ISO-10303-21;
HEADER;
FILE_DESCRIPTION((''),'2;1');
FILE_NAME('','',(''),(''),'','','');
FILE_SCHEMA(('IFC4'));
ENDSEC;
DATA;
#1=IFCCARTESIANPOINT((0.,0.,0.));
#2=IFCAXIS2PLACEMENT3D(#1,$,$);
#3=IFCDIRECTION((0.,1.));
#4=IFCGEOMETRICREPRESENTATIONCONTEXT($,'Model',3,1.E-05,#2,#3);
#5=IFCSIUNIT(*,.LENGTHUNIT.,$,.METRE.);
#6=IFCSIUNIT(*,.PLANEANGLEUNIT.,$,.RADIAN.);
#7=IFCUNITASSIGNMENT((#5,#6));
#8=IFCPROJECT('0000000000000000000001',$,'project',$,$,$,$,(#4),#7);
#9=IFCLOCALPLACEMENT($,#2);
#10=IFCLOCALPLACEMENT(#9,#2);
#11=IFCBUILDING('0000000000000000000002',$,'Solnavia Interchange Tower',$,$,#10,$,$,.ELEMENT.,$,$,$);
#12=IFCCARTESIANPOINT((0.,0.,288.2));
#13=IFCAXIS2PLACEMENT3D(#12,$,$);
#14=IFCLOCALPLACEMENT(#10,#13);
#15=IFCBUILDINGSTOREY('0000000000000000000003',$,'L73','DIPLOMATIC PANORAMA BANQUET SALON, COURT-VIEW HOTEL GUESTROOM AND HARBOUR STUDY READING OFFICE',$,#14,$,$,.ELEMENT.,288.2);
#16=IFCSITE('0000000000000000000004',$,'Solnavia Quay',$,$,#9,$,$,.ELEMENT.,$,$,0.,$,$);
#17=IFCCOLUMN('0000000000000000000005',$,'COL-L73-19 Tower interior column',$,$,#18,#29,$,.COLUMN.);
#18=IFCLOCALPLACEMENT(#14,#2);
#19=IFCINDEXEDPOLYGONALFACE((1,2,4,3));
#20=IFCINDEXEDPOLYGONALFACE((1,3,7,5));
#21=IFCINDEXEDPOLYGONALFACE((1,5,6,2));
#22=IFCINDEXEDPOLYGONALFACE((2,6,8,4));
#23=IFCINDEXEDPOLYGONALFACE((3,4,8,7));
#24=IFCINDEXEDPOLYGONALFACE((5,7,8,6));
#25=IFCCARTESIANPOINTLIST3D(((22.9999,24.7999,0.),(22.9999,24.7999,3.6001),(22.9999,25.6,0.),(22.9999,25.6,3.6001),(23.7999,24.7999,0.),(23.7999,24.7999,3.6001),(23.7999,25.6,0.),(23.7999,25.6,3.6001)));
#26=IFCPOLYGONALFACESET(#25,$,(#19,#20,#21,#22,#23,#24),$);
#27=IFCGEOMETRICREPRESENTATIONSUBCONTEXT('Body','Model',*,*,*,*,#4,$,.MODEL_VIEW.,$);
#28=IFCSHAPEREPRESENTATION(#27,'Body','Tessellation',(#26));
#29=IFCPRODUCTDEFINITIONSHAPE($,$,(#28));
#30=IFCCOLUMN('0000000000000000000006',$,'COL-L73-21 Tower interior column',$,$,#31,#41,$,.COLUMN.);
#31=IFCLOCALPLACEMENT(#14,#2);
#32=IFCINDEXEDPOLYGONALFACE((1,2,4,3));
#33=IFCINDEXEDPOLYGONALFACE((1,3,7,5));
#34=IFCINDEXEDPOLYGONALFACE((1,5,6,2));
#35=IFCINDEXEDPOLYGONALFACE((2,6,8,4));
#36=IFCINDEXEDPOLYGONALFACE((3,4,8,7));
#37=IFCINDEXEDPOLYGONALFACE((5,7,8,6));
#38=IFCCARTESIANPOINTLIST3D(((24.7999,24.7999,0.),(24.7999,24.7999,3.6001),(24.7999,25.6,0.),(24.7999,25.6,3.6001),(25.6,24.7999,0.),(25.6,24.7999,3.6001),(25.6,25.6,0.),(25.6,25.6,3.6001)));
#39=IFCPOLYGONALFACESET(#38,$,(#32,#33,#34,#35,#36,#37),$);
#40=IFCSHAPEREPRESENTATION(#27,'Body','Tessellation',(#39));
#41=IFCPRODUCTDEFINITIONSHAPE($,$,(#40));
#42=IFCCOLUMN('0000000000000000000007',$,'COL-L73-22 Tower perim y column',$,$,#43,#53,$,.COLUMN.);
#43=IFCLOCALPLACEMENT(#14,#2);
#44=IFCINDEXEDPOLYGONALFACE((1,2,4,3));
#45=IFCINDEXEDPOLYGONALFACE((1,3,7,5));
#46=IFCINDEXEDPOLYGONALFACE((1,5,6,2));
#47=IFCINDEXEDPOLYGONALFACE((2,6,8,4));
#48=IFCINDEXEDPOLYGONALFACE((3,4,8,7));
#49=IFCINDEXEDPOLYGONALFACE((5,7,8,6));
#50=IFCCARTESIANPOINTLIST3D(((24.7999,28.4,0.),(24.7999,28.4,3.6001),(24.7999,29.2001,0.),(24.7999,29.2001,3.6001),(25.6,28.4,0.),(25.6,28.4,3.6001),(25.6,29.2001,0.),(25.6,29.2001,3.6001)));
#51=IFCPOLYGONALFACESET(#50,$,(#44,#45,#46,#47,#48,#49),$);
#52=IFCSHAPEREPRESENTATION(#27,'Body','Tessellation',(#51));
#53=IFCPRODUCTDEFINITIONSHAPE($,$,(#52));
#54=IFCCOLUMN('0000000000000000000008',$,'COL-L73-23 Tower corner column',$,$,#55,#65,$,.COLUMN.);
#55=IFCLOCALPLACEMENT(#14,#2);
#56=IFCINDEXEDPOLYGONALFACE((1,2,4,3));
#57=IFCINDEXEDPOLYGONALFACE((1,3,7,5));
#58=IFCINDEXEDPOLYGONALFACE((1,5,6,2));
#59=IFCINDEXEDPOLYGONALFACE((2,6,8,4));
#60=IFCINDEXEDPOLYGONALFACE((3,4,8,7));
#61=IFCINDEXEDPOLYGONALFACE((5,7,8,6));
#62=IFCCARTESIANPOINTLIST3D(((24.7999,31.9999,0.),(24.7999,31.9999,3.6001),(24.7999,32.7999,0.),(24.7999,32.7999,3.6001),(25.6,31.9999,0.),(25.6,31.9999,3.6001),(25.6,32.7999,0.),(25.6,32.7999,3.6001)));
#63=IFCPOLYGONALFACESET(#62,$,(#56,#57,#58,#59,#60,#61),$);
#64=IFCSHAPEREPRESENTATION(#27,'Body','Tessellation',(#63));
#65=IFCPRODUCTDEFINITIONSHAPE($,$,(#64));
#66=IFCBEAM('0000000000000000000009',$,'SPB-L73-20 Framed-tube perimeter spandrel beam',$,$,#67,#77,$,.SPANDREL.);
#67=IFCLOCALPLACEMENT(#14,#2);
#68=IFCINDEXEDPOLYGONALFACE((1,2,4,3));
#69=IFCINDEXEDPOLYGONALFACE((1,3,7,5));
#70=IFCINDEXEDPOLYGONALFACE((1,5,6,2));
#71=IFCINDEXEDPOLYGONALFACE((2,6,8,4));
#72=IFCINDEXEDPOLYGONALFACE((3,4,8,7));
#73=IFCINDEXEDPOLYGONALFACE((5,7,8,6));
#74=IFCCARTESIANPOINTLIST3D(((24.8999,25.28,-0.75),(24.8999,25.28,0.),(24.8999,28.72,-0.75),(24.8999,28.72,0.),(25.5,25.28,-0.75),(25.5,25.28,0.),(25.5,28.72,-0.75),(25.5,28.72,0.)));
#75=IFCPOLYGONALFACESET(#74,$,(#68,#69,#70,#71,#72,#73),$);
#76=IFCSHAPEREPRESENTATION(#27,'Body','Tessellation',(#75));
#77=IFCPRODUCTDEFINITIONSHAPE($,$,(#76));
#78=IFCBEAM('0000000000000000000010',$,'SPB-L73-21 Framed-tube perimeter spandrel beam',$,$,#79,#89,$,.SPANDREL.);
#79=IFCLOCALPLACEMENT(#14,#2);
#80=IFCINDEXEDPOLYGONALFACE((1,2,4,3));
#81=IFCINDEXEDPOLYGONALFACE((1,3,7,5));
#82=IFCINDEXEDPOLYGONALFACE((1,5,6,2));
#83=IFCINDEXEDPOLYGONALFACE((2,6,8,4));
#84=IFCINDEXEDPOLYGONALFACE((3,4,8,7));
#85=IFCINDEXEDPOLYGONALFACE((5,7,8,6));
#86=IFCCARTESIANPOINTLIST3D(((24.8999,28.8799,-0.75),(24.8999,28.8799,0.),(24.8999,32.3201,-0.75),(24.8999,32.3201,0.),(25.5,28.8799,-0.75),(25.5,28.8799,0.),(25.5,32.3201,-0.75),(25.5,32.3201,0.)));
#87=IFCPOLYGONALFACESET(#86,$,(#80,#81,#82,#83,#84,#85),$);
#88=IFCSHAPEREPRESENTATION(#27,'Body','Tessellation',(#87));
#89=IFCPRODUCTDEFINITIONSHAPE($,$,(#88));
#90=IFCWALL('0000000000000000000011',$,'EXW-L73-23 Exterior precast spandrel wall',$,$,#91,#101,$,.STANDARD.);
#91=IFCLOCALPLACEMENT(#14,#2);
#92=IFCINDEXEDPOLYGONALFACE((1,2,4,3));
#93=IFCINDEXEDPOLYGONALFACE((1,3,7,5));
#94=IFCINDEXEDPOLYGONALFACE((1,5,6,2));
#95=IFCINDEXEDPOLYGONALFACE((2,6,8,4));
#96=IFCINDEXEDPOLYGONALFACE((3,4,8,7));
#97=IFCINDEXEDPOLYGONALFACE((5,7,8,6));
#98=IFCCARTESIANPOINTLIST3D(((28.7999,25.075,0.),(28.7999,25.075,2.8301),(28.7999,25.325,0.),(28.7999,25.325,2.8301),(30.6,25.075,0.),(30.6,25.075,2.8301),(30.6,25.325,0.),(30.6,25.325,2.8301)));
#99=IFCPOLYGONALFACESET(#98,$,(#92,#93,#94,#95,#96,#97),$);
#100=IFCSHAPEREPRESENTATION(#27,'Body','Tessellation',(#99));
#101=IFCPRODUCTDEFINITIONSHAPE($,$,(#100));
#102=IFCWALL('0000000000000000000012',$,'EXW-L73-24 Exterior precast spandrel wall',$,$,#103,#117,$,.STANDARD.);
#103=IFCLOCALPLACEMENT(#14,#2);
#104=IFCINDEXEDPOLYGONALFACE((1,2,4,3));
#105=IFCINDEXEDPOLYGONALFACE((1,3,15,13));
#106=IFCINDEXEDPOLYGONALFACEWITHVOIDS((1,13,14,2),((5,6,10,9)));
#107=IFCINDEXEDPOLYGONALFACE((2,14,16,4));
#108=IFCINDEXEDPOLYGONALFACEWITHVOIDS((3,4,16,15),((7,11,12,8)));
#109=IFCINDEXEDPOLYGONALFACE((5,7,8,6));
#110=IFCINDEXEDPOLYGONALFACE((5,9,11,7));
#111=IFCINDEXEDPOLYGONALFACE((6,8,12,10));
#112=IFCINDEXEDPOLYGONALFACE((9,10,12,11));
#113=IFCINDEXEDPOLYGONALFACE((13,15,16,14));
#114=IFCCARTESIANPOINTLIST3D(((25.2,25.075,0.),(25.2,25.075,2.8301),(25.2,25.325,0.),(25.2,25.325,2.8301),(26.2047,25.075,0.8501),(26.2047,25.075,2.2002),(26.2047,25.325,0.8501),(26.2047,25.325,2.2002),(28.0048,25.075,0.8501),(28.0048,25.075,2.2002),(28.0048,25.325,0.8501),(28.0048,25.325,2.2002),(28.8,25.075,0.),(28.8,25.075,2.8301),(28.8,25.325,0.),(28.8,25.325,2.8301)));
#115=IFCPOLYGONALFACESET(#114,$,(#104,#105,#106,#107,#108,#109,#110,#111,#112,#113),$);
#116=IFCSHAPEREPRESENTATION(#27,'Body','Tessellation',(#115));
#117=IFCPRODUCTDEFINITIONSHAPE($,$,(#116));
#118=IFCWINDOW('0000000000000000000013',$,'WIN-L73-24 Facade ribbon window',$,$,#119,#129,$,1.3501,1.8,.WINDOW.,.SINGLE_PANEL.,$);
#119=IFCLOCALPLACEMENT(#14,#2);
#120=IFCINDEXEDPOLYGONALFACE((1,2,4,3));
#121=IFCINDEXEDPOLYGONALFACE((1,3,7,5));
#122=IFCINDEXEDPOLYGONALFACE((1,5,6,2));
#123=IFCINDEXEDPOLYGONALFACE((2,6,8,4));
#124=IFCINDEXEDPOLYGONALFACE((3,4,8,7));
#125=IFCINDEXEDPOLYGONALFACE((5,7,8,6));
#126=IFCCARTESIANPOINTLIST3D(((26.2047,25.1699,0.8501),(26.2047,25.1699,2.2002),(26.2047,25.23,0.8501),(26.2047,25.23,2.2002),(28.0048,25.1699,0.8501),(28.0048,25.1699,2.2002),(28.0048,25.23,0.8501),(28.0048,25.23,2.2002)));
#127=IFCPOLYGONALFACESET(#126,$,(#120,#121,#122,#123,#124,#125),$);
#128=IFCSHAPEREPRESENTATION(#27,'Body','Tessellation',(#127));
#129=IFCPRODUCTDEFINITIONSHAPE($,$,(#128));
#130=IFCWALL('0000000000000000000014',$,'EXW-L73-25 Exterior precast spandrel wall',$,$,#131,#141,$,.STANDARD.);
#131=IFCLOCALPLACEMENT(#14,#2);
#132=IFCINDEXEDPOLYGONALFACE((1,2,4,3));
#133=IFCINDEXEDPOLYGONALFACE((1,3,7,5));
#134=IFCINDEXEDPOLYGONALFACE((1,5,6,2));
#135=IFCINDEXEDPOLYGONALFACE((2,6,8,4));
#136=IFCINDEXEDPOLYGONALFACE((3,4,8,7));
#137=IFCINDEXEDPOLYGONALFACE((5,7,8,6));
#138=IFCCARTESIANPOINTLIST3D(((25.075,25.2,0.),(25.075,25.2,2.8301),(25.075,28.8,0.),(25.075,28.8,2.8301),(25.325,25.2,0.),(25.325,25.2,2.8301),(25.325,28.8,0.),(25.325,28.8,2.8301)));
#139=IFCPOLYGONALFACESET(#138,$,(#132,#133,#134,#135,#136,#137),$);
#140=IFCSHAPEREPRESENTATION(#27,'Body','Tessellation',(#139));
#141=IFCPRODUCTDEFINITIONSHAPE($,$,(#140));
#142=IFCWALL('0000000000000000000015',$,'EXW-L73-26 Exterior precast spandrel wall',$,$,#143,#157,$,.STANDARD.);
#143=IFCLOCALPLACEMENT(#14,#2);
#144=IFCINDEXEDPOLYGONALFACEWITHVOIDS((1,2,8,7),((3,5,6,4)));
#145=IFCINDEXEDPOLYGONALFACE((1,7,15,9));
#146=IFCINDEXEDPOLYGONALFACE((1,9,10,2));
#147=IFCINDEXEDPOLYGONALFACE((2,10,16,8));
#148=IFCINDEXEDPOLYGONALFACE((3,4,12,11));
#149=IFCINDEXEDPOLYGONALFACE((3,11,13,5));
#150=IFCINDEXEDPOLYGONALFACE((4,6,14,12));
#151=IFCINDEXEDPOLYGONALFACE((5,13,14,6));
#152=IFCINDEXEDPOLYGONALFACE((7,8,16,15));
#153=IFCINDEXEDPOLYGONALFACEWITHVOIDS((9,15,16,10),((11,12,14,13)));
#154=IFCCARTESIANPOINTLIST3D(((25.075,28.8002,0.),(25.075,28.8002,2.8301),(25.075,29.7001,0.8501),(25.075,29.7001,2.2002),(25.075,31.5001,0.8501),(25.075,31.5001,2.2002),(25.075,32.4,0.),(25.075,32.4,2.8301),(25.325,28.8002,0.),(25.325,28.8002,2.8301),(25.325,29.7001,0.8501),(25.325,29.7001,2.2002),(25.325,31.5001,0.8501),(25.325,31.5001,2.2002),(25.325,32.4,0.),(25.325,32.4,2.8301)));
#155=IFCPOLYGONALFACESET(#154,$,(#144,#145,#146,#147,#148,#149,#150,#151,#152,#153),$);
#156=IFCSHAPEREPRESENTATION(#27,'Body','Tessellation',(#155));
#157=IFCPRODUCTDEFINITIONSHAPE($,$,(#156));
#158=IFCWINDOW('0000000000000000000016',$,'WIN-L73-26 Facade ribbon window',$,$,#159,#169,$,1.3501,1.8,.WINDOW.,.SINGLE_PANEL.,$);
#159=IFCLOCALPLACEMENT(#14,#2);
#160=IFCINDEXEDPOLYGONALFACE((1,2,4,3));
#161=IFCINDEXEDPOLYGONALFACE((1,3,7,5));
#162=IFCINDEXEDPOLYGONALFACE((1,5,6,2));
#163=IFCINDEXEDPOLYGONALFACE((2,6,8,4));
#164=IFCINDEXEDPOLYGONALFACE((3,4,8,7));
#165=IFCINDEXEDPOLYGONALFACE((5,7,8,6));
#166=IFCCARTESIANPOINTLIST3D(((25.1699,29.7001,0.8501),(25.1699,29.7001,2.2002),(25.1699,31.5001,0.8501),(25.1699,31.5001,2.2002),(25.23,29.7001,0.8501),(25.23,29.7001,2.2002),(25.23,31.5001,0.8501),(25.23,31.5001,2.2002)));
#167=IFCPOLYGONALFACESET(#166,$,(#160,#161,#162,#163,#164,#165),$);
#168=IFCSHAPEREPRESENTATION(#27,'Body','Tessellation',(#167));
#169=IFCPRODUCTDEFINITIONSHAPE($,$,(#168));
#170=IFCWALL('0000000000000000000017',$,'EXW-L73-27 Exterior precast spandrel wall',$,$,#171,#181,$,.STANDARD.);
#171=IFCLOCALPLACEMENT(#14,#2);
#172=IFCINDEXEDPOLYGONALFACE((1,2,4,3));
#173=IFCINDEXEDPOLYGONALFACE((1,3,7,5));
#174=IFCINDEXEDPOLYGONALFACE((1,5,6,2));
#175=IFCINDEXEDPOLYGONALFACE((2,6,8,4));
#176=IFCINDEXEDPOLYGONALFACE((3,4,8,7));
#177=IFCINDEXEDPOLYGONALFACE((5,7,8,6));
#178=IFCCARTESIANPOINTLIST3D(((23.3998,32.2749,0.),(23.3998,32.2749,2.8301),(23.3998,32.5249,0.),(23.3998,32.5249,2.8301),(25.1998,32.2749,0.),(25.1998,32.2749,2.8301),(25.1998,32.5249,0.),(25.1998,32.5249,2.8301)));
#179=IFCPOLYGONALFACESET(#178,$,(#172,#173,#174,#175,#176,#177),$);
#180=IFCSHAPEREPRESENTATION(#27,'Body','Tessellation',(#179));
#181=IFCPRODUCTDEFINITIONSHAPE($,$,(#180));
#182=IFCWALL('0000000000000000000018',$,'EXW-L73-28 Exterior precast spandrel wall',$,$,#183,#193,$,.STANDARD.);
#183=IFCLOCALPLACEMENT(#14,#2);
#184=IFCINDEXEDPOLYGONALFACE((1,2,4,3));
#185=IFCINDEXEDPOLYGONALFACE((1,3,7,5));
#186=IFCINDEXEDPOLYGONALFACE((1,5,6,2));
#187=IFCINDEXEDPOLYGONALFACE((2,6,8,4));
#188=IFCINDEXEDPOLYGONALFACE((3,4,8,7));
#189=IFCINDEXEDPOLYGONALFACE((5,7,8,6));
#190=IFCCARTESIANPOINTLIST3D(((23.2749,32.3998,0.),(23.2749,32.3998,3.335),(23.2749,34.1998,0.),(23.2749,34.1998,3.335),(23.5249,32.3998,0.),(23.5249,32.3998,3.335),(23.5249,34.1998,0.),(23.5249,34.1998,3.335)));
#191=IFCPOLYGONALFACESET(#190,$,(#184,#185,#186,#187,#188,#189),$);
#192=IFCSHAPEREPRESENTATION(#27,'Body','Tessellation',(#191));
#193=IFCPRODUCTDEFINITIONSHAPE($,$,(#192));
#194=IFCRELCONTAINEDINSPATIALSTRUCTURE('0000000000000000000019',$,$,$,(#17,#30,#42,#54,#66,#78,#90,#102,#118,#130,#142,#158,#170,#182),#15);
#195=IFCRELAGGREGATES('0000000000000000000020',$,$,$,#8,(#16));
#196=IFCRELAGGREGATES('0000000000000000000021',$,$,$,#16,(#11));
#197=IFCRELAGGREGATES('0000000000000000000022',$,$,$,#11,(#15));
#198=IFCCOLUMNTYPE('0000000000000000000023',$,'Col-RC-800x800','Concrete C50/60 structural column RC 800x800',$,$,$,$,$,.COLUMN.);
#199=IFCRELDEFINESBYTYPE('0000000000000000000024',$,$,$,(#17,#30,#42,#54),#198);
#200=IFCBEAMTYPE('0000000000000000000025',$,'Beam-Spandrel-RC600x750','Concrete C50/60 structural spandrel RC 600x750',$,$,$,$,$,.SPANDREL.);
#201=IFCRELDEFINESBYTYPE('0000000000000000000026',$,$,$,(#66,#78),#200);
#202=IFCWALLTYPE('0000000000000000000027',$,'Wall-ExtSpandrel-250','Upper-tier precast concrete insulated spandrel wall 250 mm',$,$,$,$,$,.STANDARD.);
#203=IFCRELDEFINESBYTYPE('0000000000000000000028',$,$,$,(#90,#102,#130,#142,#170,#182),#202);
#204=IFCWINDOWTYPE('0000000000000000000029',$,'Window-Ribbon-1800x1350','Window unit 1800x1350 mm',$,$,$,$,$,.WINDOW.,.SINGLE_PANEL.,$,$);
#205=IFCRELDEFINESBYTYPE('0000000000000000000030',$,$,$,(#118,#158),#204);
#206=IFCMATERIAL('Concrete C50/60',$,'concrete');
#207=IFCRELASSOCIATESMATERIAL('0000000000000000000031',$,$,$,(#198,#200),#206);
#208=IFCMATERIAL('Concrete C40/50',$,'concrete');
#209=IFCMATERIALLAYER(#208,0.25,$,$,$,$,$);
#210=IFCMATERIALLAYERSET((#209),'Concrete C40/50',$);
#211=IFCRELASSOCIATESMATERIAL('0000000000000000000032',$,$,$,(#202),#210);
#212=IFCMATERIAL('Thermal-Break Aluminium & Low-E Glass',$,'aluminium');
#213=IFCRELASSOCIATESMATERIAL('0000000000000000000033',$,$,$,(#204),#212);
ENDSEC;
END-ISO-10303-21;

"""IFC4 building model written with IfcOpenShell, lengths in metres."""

from ifc_helpers import new_model, si_unit, direction, frame, frame_2d, origin, origin_2d, place, context, subcontext, project, spatial, rectangle, extrude, material, layer, layer_set, material_profile, profile_set, type_object, element, fill, save


model = new_model("IFC4")

# Units and contexts
model_context = context("Model", 3, precision=1e-05, world=origin(), true_north=direction((0.0, 1.0)))
body_context = subcontext(model_context, "Body", "Model", "MODEL_VIEW")
ifc_project = project(units=[si_unit("LENGTHUNIT", "METRE"), si_unit("PLANEANGLEUNIT", "RADIAN")], contexts=[model_context])

# Site, building, storey
site_placement = place(None, origin())
site = spatial("IfcSite", under=ifc_project, at=site_placement, Name="Solnavia Quay", CompositionType="ELEMENT", RefElevation=0.0)
building_placement = place(site_placement, origin())
building = spatial("IfcBuilding", under=site, at=building_placement, Name="Solnavia Interchange Tower", CompositionType="ELEMENT")
storey_placement = place(building_placement, frame((0.0, 0.0, 288.2)))
storey = spatial("IfcBuildingStorey", under=building, at=storey_placement, Name="L73", Description="DIPLOMATIC PANORAMA BANQUET SALON, COURT-VIEW HOTEL GUESTROOM AND HARBOUR STUDY READING OFFICE", CompositionType="ELEMENT", Elevation=288.2)

# Columns
ifc_material_1 = material(Name="Concrete C50/60", Category="concrete")
ifc_material_profile_1 = material_profile(ifc_material_1, rectangle(XDim=0.8, YDim=0.8, at=origin_2d()), Name="RC 800x800")
ifc_profile_set_1 = profile_set([ifc_material_profile_1], Name="Concrete C50/60")
column_type = type_object("IfcColumnType", Name="Col-RC-800x800", Description="Concrete C50/60 structural column RC 800x800", PredefinedType="COLUMN", material=ifc_profile_set_1)
for number, where, z_axis, x_axis, name in (
    (1, (23.3999, 25.2, 0.0), (0.0, 0.0, 1.0), (1.0, 0.0, 0.0), "COL-L73-19 Tower interior column"),
    (2, (25.2, 25.2, 0.0), (0.0, 0.0, 1.0), (1.0, 0.0, 0.0), "COL-L73-21 Tower interior column"),
    (3, (25.2, 28.8, 0.0), (0.0, 0.0, 1.0), (0.0, 1.0, 0.0), "COL-L73-22 Tower perim y column"),
    (4, (25.2, 32.3999, 0.0), (0.0, 0.0, 1.0), (0.0, 1.0, 0.0), "COL-L73-23 Tower corner column"),
):
    element("IfcColumn", number, at=place(storey_placement, frame(where, z_axis=z_axis, x_axis=x_axis)), inside=storey, type_object=column_type, Name=name, PredefinedType="COLUMN", context=body_context, shape_type="SweptSolid", body=[
        extrude(rectangle(XDim=0.8, YDim=0.8, at=origin_2d()), origin(), (0.0, 0.0, 1.0), 3.6001),
    ])

# Beams
ifc_material_profile_2 = material_profile(ifc_material_1, rectangle(XDim=0.6001, YDim=0.75, at=origin_2d()), Name="RC 600x750")
ifc_profile_set_2 = profile_set([ifc_material_profile_2], Name="Concrete C50/60")
beam_type = type_object("IfcBeamType", Name="Beam-Spandrel-RC600x750", Description="Concrete C50/60 structural spandrel RC 600x750", PredefinedType="SPANDREL", material=ifc_profile_set_2)
beam_1_placement = place(storey_placement, frame((25.2, 25.28, -0.375), z_axis=(0.0, 1.0, 0.0), x_axis=(-1.0, 0.0, 0.0)))
element("IfcBeam", 5, at=beam_1_placement, inside=storey, type_object=beam_type, Name="SPB-L73-20 Framed-tube perimeter spandrel beam", PredefinedType="SPANDREL", context=body_context, shape_type="SweptSolid", body=[
    extrude(rectangle(XDim=0.6001, YDim=0.75, at=origin_2d()), origin(), (0.0, 0.0, 1.0), 3.4399),
])
beam_2_placement = place(storey_placement, frame((25.2, 28.8799, -0.375), z_axis=(0.0, 1.0, 0.0), x_axis=(-1.0, 0.0, 0.0)))
element("IfcBeam", 6, at=beam_2_placement, inside=storey, type_object=beam_type, Name="SPB-L73-21 Framed-tube perimeter spandrel beam", PredefinedType="SPANDREL", context=body_context, shape_type="SweptSolid", body=[
    extrude(rectangle(XDim=0.6001, YDim=0.75, at=origin_2d()), origin(), (0.0, 0.0, 1.0), 3.4402),
])

# Wall
ifc_material_2 = material(Name="Concrete C40/50", Category="concrete")
ifc_layer_1 = layer(ifc_material_2, 0.25)
ifc_layer_set_1 = layer_set([ifc_layer_1], Name="Concrete C40/50")
wall_type_1 = type_object("IfcWallType", Name="Wall-ExtSpandrel-250", Description="Upper-tier precast concrete insulated spandrel wall 250 mm", PredefinedType="STANDARD", material=ifc_layer_set_1)
wall_1_placement = place(storey_placement, frame((28.8, 25.2, 0.0), z_axis=(0.0, 0.0, 1.0), x_axis=(1.0, 0.0, 0.0)))
element("IfcWall", 7, at=wall_1_placement, inside=storey, type_object=wall_type_1, Name="EXW-L73-23 Exterior precast spandrel wall", PredefinedType="STANDARD", context=body_context, shape_type="SweptSolid", body=[
    extrude(rectangle(XDim=1.8, YDim=0.25, at=frame_2d((0.8999, 0.0))), origin(), (0.0, 0.0, 1.0), 2.8301),
])

# Wall, opening, window
wall_2_placement = place(storey_placement, frame((25.2, 25.2, 0.0), z_axis=(0.0, 0.0, 1.0), x_axis=(1.0, 0.0, 0.0)))
wall_2 = element("IfcWall", 8, at=wall_2_placement, inside=storey, type_object=wall_type_1, Name="EXW-L73-24 Exterior precast spandrel wall", PredefinedType="STANDARD", context=body_context, shape_type="SweptSolid", body=[
    extrude(rectangle(XDim=3.6001, YDim=0.25, at=frame_2d((1.8, 0.0))), origin(), (0.0, 0.0, 1.0), 2.8301),
])
opening_1_placement = place(wall_2_placement, frame((1.0049, 0.0, 0.8501)))
opening_1 = element("IfcOpeningElement", 9, at=opening_1_placement, cuts=wall_2, PredefinedType="OPENING", context=body_context, shape_type="SweptSolid", body=[
    extrude(rectangle(XDim=1.8, YDim=1.3501, at=frame_2d((0.8999, 0.675))), frame((0.0, 0.135, 0.0), z_axis=(0.0, -1.0, 0.0), x_axis=(1.0, 0.0, 0.0)), (0.0, 0.0, 1.0), 0.27),
])
ifc_material_3 = material(Name="Thermal-Break Aluminium & Low-E Glass", Category="aluminium")
window_type = type_object("IfcWindowType", Name="Window-Ribbon-1800x1350", Description="Window unit 1800x1350 mm", PartitioningType="SINGLE_PANEL", PredefinedType="WINDOW", material=ifc_material_3)
window_1_placement = place(opening_1_placement, origin())
window_1 = element("IfcWindow", 10, at=window_1_placement, inside=storey, type_object=window_type, Name="WIN-L73-24 Facade ribbon window", OverallHeight=1.3501, OverallWidth=1.8, PartitioningType="SINGLE_PANEL", PredefinedType="WINDOW", context=body_context, shape_type="SweptSolid", body=[
    extrude(rectangle(XDim=1.8, YDim=1.3501, at=frame_2d((0.8999, 0.675))), frame((0.0, 0.03, 0.0), z_axis=(0.0, -1.0, 0.0), x_axis=(1.0, 0.0, 0.0)), (0.0, 0.0, 1.0), 0.0601),
])
fill(opening_1, window_1)

# Wall
wall_3_placement = place(storey_placement, frame((25.2, 28.8, 0.0), z_axis=(0.0, 0.0, 1.0), x_axis=(0.0, -1.0, 0.0)))
element("IfcWall", 11, at=wall_3_placement, inside=storey, type_object=wall_type_1, Name="EXW-L73-25 Exterior precast spandrel wall", PredefinedType="STANDARD", context=body_context, shape_type="SweptSolid", body=[
    extrude(rectangle(XDim=3.6001, YDim=0.25, at=frame_2d((1.8, 0.0))), origin(), (0.0, 0.0, 1.0), 2.8301),
])

# Wall, opening, window
wall_4_placement = place(storey_placement, frame((25.2, 32.3999, 0.0), z_axis=(0.0, 0.0, 1.0), x_axis=(0.0, -1.0, 0.0)))
wall_4 = element("IfcWall", 12, at=wall_4_placement, inside=storey, type_object=wall_type_1, Name="EXW-L73-26 Exterior precast spandrel wall", PredefinedType="STANDARD", context=body_context, shape_type="SweptSolid", body=[
    extrude(rectangle(XDim=3.5999, YDim=0.25, at=frame_2d((1.7998, 0.0))), origin(), (0.0, 0.0, 1.0), 2.8301),
])
opening_2_placement = place(wall_4_placement, frame((0.8999, 0.0, 0.8501)))
opening_2 = element("IfcOpeningElement", 13, at=opening_2_placement, cuts=wall_4, PredefinedType="OPENING", context=body_context, shape_type="SweptSolid", body=[
    extrude(rectangle(XDim=1.8, YDim=1.3501, at=frame_2d((0.8999, 0.675))), frame((0.0, 0.135, 0.0), z_axis=(0.0, -1.0, 0.0), x_axis=(1.0, 0.0, 0.0)), (0.0, 0.0, 1.0), 0.27),
])
window_2_placement = place(opening_2_placement, origin())
window_2 = element("IfcWindow", 14, at=window_2_placement, inside=storey, type_object=window_type, Name="WIN-L73-26 Facade ribbon window", OverallHeight=1.3501, OverallWidth=1.8, PartitioningType="SINGLE_PANEL", PredefinedType="WINDOW", context=body_context, shape_type="SweptSolid", body=[
    extrude(rectangle(XDim=1.8, YDim=1.3501, at=frame_2d((0.8999, 0.675))), frame((0.0, 0.03, 0.0), z_axis=(0.0, -1.0, 0.0), x_axis=(1.0, 0.0, 0.0)), (0.0, 0.0, 1.0), 0.0601),
])
fill(opening_2, window_2)

# Walls
wall_5_placement = place(storey_placement, frame((23.3999, 32.3999, 0.0), z_axis=(0.0, 0.0, 1.0), x_axis=(1.0, 0.0, 0.0)))
element("IfcWall", 15, at=wall_5_placement, inside=storey, type_object=wall_type_1, Name="EXW-L73-27 Exterior precast spandrel wall", PredefinedType="STANDARD", context=body_context, shape_type="SweptSolid", body=[
    extrude(rectangle(XDim=1.8, YDim=0.25, at=frame_2d((0.8999, 0.0))), origin(), (0.0, 0.0, 1.0), 2.8301),
])
wall_6_placement = place(storey_placement, frame((23.3999, 32.3999, 0.0), z_axis=(0.0, 0.0, 1.0), x_axis=(0.0, 1.0, 0.0)))
element("IfcWall", 16, at=wall_6_placement, inside=storey, type_object=wall_type_1, Name="EXW-L73-28 Exterior precast spandrel wall", PredefinedType="STANDARD", context=body_context, shape_type="SweptSolid", body=[
    extrude(rectangle(XDim=1.8, YDim=0.25, at=frame_2d((0.8999, 0.0))), origin(), (0.0, 0.0, 1.0), 3.335),
])

save(model, "model.ifc")
